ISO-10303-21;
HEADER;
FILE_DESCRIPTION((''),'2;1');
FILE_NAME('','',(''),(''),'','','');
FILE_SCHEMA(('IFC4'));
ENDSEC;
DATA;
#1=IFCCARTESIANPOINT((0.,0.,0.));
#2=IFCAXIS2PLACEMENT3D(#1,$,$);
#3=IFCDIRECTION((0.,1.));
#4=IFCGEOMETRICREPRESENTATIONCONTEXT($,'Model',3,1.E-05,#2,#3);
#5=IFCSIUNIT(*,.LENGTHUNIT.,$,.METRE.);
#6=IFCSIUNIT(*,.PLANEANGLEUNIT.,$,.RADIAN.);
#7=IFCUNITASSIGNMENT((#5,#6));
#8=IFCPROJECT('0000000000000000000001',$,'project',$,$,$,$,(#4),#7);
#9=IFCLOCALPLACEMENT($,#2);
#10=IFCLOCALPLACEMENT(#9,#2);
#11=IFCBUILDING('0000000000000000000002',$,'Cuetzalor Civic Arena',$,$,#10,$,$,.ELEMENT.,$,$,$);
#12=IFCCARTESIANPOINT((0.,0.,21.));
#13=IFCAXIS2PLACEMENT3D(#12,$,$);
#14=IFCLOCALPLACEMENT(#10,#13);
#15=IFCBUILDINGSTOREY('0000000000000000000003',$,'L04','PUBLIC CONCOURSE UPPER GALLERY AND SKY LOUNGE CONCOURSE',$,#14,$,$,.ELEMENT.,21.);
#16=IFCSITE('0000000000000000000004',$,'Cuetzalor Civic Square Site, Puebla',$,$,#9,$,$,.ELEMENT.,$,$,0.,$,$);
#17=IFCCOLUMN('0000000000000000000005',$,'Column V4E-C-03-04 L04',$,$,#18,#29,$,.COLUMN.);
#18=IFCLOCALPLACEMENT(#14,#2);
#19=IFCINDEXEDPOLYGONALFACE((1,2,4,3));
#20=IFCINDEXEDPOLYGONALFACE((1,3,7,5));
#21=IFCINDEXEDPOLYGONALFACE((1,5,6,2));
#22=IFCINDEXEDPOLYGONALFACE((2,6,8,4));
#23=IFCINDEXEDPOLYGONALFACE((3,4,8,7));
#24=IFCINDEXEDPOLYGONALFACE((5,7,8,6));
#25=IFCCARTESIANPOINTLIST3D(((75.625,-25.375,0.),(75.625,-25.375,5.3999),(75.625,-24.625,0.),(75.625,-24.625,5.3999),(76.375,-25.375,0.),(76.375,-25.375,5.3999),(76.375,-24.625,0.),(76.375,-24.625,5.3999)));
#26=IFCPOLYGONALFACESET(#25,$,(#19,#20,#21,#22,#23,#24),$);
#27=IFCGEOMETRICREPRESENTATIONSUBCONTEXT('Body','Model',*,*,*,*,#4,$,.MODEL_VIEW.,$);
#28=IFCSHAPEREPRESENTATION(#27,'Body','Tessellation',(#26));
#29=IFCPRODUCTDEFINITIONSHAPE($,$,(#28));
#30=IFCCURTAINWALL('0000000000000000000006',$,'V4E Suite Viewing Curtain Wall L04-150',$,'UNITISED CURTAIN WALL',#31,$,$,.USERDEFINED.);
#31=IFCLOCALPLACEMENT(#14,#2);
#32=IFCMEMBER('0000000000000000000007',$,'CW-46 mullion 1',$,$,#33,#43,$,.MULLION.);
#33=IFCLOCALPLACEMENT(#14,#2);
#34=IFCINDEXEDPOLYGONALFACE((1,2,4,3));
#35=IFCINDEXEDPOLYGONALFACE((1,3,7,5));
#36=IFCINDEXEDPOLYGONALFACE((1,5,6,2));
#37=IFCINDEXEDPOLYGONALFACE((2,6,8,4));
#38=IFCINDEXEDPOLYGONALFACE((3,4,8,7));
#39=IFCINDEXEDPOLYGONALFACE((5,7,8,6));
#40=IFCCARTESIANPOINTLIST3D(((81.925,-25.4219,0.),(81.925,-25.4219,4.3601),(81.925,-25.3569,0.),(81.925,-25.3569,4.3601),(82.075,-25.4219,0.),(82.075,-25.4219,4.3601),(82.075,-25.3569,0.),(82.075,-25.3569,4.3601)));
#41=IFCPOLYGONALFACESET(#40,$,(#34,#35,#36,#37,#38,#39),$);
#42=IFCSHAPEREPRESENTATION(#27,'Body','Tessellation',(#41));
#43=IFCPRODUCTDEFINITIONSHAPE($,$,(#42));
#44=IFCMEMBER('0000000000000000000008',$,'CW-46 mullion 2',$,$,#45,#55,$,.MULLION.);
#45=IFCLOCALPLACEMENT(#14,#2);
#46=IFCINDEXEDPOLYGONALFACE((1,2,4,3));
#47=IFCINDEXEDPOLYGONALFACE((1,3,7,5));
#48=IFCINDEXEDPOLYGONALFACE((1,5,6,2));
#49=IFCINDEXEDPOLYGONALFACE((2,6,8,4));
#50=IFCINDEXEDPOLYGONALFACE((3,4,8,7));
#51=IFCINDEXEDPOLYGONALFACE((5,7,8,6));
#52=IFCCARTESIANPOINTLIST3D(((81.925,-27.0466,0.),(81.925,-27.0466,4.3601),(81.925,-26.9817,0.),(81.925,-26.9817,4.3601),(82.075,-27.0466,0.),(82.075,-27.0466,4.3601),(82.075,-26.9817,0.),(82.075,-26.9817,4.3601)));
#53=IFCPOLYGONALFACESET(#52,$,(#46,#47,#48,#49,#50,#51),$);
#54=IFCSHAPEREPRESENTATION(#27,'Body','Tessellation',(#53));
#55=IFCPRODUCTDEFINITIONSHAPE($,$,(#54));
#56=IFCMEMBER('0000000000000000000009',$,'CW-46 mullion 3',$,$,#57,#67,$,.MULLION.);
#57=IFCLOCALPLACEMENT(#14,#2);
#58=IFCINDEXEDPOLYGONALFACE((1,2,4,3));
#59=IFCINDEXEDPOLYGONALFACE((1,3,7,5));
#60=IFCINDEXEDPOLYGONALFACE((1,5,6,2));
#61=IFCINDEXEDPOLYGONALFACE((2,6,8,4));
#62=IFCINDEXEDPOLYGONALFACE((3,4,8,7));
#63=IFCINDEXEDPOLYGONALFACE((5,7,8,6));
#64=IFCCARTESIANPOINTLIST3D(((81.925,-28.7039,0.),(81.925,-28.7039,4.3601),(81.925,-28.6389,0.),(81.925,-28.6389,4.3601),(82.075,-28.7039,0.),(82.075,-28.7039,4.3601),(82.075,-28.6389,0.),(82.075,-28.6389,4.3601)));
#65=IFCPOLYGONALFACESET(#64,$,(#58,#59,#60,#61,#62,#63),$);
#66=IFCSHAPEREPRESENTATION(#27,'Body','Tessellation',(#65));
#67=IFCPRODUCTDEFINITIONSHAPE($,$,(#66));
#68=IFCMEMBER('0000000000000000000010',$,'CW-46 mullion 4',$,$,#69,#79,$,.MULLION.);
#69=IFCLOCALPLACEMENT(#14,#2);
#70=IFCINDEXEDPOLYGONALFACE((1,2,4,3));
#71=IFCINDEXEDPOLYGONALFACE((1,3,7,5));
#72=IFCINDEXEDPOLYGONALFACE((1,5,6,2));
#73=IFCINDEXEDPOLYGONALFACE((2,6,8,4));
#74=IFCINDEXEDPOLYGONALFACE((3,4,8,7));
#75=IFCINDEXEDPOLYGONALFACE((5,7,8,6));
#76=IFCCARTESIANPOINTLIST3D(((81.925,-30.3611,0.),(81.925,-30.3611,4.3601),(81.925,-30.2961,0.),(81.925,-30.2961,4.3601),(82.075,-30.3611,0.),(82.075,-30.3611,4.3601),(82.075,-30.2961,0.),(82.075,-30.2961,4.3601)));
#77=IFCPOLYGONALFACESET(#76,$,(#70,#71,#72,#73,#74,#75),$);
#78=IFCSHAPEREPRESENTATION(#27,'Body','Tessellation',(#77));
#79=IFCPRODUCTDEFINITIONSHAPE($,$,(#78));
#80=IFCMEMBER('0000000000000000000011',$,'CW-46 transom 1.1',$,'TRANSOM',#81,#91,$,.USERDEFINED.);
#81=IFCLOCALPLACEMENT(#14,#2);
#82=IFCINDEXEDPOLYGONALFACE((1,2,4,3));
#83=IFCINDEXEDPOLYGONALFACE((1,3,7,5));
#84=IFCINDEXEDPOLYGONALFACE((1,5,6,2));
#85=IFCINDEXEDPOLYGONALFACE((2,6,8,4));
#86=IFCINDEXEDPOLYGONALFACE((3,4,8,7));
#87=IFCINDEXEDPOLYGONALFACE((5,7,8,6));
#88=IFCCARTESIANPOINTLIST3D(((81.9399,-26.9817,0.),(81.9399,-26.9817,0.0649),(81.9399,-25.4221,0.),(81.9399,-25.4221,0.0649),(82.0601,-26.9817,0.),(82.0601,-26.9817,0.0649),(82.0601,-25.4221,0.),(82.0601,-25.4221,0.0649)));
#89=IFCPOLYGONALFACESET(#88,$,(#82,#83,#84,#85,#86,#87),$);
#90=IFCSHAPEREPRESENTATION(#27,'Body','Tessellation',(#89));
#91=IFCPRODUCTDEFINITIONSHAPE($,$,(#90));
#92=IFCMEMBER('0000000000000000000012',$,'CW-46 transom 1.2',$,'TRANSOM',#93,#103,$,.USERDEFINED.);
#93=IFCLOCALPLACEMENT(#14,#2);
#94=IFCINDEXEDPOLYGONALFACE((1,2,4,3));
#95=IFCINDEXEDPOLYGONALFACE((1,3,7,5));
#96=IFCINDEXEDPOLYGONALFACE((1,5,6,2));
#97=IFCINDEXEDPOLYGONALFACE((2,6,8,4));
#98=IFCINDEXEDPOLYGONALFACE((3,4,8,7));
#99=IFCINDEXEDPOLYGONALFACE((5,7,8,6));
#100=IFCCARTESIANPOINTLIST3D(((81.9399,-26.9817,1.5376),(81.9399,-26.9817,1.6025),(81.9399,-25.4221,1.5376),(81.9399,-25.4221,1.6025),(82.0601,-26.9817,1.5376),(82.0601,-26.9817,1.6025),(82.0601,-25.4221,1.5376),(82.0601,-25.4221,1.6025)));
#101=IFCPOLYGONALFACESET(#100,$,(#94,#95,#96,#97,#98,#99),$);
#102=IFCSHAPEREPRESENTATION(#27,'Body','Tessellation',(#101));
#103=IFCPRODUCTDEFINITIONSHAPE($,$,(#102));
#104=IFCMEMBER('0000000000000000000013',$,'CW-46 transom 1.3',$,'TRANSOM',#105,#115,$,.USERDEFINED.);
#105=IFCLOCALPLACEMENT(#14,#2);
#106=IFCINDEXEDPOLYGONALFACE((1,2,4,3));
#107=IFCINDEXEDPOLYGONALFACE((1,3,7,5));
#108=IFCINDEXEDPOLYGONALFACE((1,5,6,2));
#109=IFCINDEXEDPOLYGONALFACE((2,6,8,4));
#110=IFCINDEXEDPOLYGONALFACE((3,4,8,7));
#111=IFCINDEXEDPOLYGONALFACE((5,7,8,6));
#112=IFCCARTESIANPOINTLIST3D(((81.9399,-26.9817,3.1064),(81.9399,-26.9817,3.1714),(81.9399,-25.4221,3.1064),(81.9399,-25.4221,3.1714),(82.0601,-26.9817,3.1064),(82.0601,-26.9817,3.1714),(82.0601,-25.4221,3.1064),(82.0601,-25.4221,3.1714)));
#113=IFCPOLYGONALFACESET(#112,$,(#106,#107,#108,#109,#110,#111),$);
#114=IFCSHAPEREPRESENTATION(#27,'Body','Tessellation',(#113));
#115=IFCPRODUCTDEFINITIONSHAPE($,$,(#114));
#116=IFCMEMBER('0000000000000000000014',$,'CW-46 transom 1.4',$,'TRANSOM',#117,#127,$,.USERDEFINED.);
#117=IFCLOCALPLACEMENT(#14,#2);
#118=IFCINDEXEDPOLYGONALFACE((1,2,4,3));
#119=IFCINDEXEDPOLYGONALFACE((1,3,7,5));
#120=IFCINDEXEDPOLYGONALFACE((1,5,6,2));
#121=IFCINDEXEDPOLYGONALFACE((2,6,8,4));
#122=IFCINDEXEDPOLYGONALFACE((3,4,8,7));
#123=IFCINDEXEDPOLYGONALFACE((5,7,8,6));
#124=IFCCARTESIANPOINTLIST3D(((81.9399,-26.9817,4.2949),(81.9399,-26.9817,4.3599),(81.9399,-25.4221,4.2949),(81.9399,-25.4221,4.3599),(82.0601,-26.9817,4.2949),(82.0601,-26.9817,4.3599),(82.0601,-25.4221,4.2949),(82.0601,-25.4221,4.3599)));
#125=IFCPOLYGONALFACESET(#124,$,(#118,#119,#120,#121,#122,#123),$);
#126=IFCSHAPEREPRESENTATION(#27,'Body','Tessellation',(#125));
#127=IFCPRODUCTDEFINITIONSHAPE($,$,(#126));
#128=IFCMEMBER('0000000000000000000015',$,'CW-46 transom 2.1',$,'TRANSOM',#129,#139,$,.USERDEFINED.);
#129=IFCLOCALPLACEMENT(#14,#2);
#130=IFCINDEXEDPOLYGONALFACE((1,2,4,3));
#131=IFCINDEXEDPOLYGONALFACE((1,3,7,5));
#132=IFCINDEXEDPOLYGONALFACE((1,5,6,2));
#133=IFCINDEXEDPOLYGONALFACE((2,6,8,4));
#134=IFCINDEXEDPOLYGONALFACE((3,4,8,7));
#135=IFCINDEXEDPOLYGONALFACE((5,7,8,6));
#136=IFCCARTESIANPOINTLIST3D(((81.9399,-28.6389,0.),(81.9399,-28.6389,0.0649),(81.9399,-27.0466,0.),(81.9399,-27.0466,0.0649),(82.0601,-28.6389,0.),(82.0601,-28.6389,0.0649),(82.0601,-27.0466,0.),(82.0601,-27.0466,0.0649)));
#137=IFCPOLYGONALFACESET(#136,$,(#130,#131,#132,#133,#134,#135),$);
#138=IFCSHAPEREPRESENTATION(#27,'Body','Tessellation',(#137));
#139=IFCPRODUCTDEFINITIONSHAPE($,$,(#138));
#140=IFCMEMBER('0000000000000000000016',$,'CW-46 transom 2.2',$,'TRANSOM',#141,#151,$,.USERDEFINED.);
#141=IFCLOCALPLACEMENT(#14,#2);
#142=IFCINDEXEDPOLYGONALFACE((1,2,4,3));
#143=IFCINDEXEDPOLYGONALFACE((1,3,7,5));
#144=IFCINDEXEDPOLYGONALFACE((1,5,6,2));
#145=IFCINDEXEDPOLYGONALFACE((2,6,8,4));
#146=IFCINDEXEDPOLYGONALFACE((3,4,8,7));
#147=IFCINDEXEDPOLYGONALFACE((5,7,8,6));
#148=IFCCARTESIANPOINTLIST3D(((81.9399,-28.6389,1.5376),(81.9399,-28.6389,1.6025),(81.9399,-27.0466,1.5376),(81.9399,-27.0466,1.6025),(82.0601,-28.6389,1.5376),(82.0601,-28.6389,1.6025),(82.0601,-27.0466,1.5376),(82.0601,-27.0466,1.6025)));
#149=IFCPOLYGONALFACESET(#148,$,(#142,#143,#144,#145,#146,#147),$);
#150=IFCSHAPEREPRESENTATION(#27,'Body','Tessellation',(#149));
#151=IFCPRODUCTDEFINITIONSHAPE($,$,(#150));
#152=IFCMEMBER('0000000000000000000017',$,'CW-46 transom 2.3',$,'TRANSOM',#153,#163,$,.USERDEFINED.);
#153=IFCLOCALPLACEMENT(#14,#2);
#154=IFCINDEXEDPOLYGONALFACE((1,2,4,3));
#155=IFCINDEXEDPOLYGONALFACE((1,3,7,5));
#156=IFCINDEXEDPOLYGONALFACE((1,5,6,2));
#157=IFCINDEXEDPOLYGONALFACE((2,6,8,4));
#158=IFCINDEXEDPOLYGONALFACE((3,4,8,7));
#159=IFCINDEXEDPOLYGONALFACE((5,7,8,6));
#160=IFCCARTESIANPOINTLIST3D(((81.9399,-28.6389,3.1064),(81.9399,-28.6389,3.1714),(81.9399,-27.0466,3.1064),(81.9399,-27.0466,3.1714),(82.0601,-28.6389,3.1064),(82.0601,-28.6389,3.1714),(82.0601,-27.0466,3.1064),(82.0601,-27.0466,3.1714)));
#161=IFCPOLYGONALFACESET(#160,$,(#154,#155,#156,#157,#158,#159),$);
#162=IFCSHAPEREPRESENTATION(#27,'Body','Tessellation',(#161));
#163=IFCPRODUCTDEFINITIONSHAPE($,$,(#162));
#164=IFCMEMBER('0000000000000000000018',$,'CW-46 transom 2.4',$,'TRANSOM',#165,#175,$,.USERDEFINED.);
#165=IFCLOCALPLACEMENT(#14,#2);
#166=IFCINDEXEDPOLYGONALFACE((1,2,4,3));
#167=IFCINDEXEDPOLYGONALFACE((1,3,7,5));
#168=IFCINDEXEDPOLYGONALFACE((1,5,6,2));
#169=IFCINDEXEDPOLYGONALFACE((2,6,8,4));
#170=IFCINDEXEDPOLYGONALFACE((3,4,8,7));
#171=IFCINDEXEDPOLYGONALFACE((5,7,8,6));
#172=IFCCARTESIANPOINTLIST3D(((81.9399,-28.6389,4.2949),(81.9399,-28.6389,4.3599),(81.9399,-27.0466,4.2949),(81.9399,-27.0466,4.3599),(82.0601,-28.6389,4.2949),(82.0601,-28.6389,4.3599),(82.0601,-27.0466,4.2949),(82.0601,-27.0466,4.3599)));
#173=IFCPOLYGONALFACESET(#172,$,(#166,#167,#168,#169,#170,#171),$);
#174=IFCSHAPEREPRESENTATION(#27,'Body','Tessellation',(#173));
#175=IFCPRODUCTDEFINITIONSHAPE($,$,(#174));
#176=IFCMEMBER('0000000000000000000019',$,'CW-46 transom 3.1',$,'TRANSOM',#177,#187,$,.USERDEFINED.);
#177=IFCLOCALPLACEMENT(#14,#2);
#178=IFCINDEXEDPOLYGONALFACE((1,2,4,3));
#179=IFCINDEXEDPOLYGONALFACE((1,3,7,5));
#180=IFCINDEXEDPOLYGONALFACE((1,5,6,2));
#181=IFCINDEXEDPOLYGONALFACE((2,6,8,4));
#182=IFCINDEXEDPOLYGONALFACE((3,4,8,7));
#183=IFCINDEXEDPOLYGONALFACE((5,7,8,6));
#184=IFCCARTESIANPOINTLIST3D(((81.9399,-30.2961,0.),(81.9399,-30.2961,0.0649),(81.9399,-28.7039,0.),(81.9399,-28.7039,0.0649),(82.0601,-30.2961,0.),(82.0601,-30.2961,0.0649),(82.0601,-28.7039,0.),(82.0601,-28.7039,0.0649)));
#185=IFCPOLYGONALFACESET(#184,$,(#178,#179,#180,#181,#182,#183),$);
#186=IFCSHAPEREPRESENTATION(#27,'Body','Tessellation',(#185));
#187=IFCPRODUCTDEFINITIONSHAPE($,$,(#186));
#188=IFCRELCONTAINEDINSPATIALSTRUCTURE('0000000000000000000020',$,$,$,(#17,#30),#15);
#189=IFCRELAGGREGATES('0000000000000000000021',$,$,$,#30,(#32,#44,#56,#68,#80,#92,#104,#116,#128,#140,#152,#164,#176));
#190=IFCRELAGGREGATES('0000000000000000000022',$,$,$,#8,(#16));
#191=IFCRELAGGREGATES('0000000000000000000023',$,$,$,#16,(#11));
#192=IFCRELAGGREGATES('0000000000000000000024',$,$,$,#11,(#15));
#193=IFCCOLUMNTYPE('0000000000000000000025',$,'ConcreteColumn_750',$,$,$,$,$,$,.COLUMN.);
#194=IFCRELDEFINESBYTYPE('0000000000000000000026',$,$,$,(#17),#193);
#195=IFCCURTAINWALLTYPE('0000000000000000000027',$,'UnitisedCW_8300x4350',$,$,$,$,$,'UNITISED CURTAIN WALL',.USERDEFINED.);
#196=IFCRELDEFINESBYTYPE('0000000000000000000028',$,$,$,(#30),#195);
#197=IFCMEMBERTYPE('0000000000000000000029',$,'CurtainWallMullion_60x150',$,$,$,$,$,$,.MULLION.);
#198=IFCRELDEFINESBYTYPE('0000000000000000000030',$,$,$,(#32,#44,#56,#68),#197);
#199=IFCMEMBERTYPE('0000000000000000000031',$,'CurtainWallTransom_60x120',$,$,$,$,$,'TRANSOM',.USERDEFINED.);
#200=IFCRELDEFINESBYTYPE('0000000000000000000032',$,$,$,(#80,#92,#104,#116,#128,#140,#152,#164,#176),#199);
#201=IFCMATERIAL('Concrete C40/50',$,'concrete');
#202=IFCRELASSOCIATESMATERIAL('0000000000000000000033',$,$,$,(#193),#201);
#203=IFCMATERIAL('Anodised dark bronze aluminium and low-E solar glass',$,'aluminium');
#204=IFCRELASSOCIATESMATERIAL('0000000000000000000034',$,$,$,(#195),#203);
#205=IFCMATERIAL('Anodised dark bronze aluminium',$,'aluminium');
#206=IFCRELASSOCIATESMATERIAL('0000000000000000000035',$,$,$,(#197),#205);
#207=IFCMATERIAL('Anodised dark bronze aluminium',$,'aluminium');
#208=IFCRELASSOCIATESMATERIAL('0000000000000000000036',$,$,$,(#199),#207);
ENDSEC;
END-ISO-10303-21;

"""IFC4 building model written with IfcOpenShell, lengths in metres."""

from ifc_helpers import new_model, si_unit, direction, frame, origin, origin_2d, place, context, subcontext, project, spatial, rectangle, extrude, material, material_profile, profile_set, type_object, element, aggregate, save


model = new_model("IFC4")

# Units and contexts
model_context = context("Model", 3, precision=1e-05, world=origin(), true_north=direction((0.0, 1.0)))
body_context = subcontext(model_context, "Body", "Model", "MODEL_VIEW")
ifc_project = project(units=[si_unit("LENGTHUNIT", "METRE"), si_unit("PLANEANGLEUNIT", "RADIAN")], contexts=[model_context])

# Site, building, storey
site_placement = place(None, origin())
site = spatial("IfcSite", under=ifc_project, at=site_placement, Name="Cuetzalor Civic Square Site, Puebla", CompositionType="ELEMENT", RefElevation=0.0)
building_placement = place(site_placement, origin())
building = spatial("IfcBuilding", under=site, at=building_placement, Name="Cuetzalor Civic Arena", CompositionType="ELEMENT")
storey_placement = place(building_placement, frame((0.0, 0.0, 21.0)))
storey = spatial("IfcBuildingStorey", under=building, at=storey_placement, Name="L04", Description="PUBLIC CONCOURSE UPPER GALLERY AND SKY LOUNGE CONCOURSE", CompositionType="ELEMENT", Elevation=21.0)

# Column
ifc_material_1 = material(Name="Concrete C40/50", Category="concrete")
ifc_material_profile_1 = material_profile(ifc_material_1, rectangle(XDim=0.75, YDim=0.75, at=origin_2d()), Name="RC 750x750")
ifc_profile_set_1 = profile_set([ifc_material_profile_1], Name="Concrete C40/50")
column_type = type_object("IfcColumnType", Name="ConcreteColumn_750", PredefinedType="COLUMN", material=ifc_profile_set_1)
column_placement = place(storey_placement, frame((76.0, -25.0, 0.0), z_axis=(0.0, 0.0, 1.0), x_axis=(1.0, 0.0, 0.0)))
element("IfcColumn", 1, at=column_placement, inside=storey, type_object=column_type, Name="Column V4E-C-03-04 L04", PredefinedType="COLUMN", context=body_context, shape_type="SweptSolid", body=[
    extrude(rectangle(XDim=0.75, YDim=0.75, at=origin_2d()), origin(), (0.0, 0.0, 1.0), 5.3999),
])

# Curtain wall, members
ifc_material_2 = material(Name="Anodised dark bronze aluminium and low-E solar glass", Category="aluminium")
curtain_wall_type = type_object("IfcCurtainWallType", Name="UnitisedCW_8300x4350", ElementType="UNITISED CURTAIN WALL", PredefinedType="USERDEFINED", material=ifc_material_2)
curtain_wall_placement = place(storey_placement, origin())
curtain_wall = element("IfcCurtainWall", 2, at=curtain_wall_placement, inside=storey, type_object=curtain_wall_type, Name="V4E Suite Viewing Curtain Wall L04-150", ObjectType="UNITISED CURTAIN WALL", PredefinedType="USERDEFINED")
ifc_material_3 = material(Name="Anodised dark bronze aluminium", Category="aluminium")
ifc_material_profile_2 = material_profile(ifc_material_3, rectangle(XDim=0.0649, YDim=0.1499, at=origin_2d()), Name="ALU MULLION 65x150")
ifc_profile_set_2 = profile_set([ifc_material_profile_2], Name="Anodised dark bronze aluminium")
member_type_1 = type_object("IfcMemberType", Name="CurtainWallMullion_60x150", PredefinedType="MULLION", material=ifc_profile_set_2)
member_1_placement = place(storey_placement, frame((82.0, -25.3894, 0.0), z_axis=(0.0, 0.0, 1.0), x_axis=(0.0, -1.0, 0.0)))
member_1 = element("IfcMember", 3, at=member_1_placement, type_object=member_type_1, Name="CW-46 mullion 1", PredefinedType="MULLION", context=body_context, shape_type="SweptSolid", body=[
    extrude(rectangle(XDim=0.0649, YDim=0.1499, at=origin_2d()), origin(), (0.0, 0.0, 1.0), 4.3601),
])
member_2_placement = place(storey_placement, frame((82.0, -27.0142, 0.0), z_axis=(0.0, 0.0, 1.0), x_axis=(0.0, -1.0, 0.0)))
member_2 = element("IfcMember", 4, at=member_2_placement, type_object=member_type_1, Name="CW-46 mullion 2", PredefinedType="MULLION", context=body_context, shape_type="SweptSolid", body=[
    extrude(rectangle(XDim=0.0649, YDim=0.1499, at=origin_2d()), origin(), (0.0, 0.0, 1.0), 4.3601),
])
member_3_placement = place(storey_placement, frame((82.0, -28.6714, 0.0), z_axis=(0.0, 0.0, 1.0), x_axis=(0.0, -1.0, 0.0)))
member_3 = element("IfcMember", 5, at=member_3_placement, type_object=member_type_1, Name="CW-46 mullion 3", PredefinedType="MULLION", context=body_context, shape_type="SweptSolid", body=[
    extrude(rectangle(XDim=0.0649, YDim=0.1499, at=origin_2d()), origin(), (0.0, 0.0, 1.0), 4.3601),
])
member_4_placement = place(storey_placement, frame((82.0, -30.3286, 0.0), z_axis=(0.0, 0.0, 1.0), x_axis=(0.0, -1.0, 0.0)))
member_4 = element("IfcMember", 6, at=member_4_placement, type_object=member_type_1, Name="CW-46 mullion 4", PredefinedType="MULLION", context=body_context, shape_type="SweptSolid", body=[
    extrude(rectangle(XDim=0.0649, YDim=0.1499, at=origin_2d()), origin(), (0.0, 0.0, 1.0), 4.3601),
])
ifc_material_4 = material(Name="Anodised dark bronze aluminium", Category="aluminium")
ifc_material_profile_3 = material_profile(ifc_material_4, rectangle(XDim=0.1201, YDim=0.0649, at=origin_2d()), Name="ALU TRANSOM 65x120")
ifc_profile_set_3 = profile_set([ifc_material_profile_3], Name="Anodised dark bronze aluminium")
member_type_2 = type_object("IfcMemberType", Name="CurtainWallTransom_60x120", ElementType="TRANSOM", PredefinedType="USERDEFINED", material=ifc_profile_set_3)
member_5_placement = place(storey_placement, frame((82.0, -25.4221, 0.0325), z_axis=(0.0, -1.0, 0.0), x_axis=(1.0, 0.0, 0.0)))
member_5 = element("IfcMember", 7, at=member_5_placement, type_object=member_type_2, Name="CW-46 transom 1.1", ObjectType="TRANSOM", PredefinedType="USERDEFINED", context=body_context, shape_type="SweptSolid", body=[
    extrude(rectangle(XDim=0.1201, YDim=0.0649, at=origin_2d()), origin(), (0.0, 0.0, 1.0), 1.5596),
])
member_6_placement = place(storey_placement, frame((82.0, -25.4221, 1.5701), z_axis=(0.0, -1.0, 0.0), x_axis=(1.0, 0.0, 0.0)))
member_6 = element("IfcMember", 8, at=member_6_placement, type_object=member_type_2, Name="CW-46 transom 1.2", ObjectType="TRANSOM", PredefinedType="USERDEFINED", context=body_context, shape_type="SweptSolid", body=[
    extrude(rectangle(XDim=0.1201, YDim=0.0649, at=origin_2d()), origin(), (0.0, 0.0, 1.0), 1.5596),
])
member_7_placement = place(storey_placement, frame((82.0, -25.4221, 3.1389), z_axis=(0.0, -1.0, 0.0), x_axis=(1.0, 0.0, 0.0)))
member_7 = element("IfcMember", 9, at=member_7_placement, type_object=member_type_2, Name="CW-46 transom 1.3", ObjectType="TRANSOM", PredefinedType="USERDEFINED", context=body_context, shape_type="SweptSolid", body=[
    extrude(rectangle(XDim=0.1201, YDim=0.0649, at=origin_2d()), origin(), (0.0, 0.0, 1.0), 1.5596),
])
member_8_placement = place(storey_placement, frame((82.0, -25.4221, 4.3274), z_axis=(0.0, -1.0, 0.0), x_axis=(1.0, 0.0, 0.0)))
member_8 = element("IfcMember", 10, at=member_8_placement, type_object=member_type_2, Name="CW-46 transom 1.4", ObjectType="TRANSOM", PredefinedType="USERDEFINED", context=body_context, shape_type="SweptSolid", body=[
    extrude(rectangle(XDim=0.1201, YDim=0.0649, at=origin_2d()), origin(), (0.0, 0.0, 1.0), 1.5596),
])
member_9_placement = place(storey_placement, frame((82.0, -27.0466, 0.0325), z_axis=(0.0, -1.0, 0.0), x_axis=(1.0, 0.0, 0.0)))
member_9 = element("IfcMember", 11, at=member_9_placement, type_object=member_type_2, Name="CW-46 transom 2.1", ObjectType="TRANSOM", PredefinedType="USERDEFINED", context=body_context, shape_type="SweptSolid", body=[
    extrude(rectangle(XDim=0.1201, YDim=0.0649, at=origin_2d()), origin(), (0.0, 0.0, 1.0), 1.5923),
])
member_10_placement = place(storey_placement, frame((82.0, -27.0466, 1.5701), z_axis=(0.0, -1.0, 0.0), x_axis=(1.0, 0.0, 0.0)))
member_10 = element("IfcMember", 12, at=member_10_placement, type_object=member_type_2, Name="CW-46 transom 2.2", ObjectType="TRANSOM", PredefinedType="USERDEFINED", context=body_context, shape_type="SweptSolid", body=[
    extrude(rectangle(XDim=0.1201, YDim=0.0649, at=origin_2d()), origin(), (0.0, 0.0, 1.0), 1.5923),
])
member_11_placement = place(storey_placement, frame((82.0, -27.0466, 3.1389), z_axis=(0.0, -1.0, 0.0), x_axis=(1.0, 0.0, 0.0)))
member_11 = element("IfcMember", 13, at=member_11_placement, type_object=member_type_2, Name="CW-46 transom 2.3", ObjectType="TRANSOM", PredefinedType="USERDEFINED", context=body_context, shape_type="SweptSolid", body=[
    extrude(rectangle(XDim=0.1201, YDim=0.0649, at=origin_2d()), origin(), (0.0, 0.0, 1.0), 1.5923),
])
member_12_placement = place(storey_placement, frame((82.0, -27.0466, 4.3274), z_axis=(0.0, -1.0, 0.0), x_axis=(1.0, 0.0, 0.0)))
member_12 = element("IfcMember", 14, at=member_12_placement, type_object=member_type_2, Name="CW-46 transom 2.4", ObjectType="TRANSOM", PredefinedType="USERDEFINED", context=body_context, shape_type="SweptSolid", body=[
    extrude(rectangle(XDim=0.1201, YDim=0.0649, at=origin_2d()), origin(), (0.0, 0.0, 1.0), 1.5923),
])
member_13_placement = place(storey_placement, frame((82.0, -28.7039, 0.0325), z_axis=(0.0, -1.0, 0.0), x_axis=(1.0, 0.0, 0.0)))
member_13 = element("IfcMember", 15, at=member_13_placement, type_object=member_type_2, Name="CW-46 transom 3.1", ObjectType="TRANSOM", PredefinedType="USERDEFINED", context=body_context, shape_type="SweptSolid", body=[
    extrude(rectangle(XDim=0.1201, YDim=0.0649, at=origin_2d()), origin(), (0.0, 0.0, 1.0), 1.5923),
])

aggregate(curtain_wall, [member_1, member_2, member_3, member_4, member_5, member_6, member_7, member_8, member_9, member_10, member_11, member_12, member_13])

save(model, "model.ifc")
